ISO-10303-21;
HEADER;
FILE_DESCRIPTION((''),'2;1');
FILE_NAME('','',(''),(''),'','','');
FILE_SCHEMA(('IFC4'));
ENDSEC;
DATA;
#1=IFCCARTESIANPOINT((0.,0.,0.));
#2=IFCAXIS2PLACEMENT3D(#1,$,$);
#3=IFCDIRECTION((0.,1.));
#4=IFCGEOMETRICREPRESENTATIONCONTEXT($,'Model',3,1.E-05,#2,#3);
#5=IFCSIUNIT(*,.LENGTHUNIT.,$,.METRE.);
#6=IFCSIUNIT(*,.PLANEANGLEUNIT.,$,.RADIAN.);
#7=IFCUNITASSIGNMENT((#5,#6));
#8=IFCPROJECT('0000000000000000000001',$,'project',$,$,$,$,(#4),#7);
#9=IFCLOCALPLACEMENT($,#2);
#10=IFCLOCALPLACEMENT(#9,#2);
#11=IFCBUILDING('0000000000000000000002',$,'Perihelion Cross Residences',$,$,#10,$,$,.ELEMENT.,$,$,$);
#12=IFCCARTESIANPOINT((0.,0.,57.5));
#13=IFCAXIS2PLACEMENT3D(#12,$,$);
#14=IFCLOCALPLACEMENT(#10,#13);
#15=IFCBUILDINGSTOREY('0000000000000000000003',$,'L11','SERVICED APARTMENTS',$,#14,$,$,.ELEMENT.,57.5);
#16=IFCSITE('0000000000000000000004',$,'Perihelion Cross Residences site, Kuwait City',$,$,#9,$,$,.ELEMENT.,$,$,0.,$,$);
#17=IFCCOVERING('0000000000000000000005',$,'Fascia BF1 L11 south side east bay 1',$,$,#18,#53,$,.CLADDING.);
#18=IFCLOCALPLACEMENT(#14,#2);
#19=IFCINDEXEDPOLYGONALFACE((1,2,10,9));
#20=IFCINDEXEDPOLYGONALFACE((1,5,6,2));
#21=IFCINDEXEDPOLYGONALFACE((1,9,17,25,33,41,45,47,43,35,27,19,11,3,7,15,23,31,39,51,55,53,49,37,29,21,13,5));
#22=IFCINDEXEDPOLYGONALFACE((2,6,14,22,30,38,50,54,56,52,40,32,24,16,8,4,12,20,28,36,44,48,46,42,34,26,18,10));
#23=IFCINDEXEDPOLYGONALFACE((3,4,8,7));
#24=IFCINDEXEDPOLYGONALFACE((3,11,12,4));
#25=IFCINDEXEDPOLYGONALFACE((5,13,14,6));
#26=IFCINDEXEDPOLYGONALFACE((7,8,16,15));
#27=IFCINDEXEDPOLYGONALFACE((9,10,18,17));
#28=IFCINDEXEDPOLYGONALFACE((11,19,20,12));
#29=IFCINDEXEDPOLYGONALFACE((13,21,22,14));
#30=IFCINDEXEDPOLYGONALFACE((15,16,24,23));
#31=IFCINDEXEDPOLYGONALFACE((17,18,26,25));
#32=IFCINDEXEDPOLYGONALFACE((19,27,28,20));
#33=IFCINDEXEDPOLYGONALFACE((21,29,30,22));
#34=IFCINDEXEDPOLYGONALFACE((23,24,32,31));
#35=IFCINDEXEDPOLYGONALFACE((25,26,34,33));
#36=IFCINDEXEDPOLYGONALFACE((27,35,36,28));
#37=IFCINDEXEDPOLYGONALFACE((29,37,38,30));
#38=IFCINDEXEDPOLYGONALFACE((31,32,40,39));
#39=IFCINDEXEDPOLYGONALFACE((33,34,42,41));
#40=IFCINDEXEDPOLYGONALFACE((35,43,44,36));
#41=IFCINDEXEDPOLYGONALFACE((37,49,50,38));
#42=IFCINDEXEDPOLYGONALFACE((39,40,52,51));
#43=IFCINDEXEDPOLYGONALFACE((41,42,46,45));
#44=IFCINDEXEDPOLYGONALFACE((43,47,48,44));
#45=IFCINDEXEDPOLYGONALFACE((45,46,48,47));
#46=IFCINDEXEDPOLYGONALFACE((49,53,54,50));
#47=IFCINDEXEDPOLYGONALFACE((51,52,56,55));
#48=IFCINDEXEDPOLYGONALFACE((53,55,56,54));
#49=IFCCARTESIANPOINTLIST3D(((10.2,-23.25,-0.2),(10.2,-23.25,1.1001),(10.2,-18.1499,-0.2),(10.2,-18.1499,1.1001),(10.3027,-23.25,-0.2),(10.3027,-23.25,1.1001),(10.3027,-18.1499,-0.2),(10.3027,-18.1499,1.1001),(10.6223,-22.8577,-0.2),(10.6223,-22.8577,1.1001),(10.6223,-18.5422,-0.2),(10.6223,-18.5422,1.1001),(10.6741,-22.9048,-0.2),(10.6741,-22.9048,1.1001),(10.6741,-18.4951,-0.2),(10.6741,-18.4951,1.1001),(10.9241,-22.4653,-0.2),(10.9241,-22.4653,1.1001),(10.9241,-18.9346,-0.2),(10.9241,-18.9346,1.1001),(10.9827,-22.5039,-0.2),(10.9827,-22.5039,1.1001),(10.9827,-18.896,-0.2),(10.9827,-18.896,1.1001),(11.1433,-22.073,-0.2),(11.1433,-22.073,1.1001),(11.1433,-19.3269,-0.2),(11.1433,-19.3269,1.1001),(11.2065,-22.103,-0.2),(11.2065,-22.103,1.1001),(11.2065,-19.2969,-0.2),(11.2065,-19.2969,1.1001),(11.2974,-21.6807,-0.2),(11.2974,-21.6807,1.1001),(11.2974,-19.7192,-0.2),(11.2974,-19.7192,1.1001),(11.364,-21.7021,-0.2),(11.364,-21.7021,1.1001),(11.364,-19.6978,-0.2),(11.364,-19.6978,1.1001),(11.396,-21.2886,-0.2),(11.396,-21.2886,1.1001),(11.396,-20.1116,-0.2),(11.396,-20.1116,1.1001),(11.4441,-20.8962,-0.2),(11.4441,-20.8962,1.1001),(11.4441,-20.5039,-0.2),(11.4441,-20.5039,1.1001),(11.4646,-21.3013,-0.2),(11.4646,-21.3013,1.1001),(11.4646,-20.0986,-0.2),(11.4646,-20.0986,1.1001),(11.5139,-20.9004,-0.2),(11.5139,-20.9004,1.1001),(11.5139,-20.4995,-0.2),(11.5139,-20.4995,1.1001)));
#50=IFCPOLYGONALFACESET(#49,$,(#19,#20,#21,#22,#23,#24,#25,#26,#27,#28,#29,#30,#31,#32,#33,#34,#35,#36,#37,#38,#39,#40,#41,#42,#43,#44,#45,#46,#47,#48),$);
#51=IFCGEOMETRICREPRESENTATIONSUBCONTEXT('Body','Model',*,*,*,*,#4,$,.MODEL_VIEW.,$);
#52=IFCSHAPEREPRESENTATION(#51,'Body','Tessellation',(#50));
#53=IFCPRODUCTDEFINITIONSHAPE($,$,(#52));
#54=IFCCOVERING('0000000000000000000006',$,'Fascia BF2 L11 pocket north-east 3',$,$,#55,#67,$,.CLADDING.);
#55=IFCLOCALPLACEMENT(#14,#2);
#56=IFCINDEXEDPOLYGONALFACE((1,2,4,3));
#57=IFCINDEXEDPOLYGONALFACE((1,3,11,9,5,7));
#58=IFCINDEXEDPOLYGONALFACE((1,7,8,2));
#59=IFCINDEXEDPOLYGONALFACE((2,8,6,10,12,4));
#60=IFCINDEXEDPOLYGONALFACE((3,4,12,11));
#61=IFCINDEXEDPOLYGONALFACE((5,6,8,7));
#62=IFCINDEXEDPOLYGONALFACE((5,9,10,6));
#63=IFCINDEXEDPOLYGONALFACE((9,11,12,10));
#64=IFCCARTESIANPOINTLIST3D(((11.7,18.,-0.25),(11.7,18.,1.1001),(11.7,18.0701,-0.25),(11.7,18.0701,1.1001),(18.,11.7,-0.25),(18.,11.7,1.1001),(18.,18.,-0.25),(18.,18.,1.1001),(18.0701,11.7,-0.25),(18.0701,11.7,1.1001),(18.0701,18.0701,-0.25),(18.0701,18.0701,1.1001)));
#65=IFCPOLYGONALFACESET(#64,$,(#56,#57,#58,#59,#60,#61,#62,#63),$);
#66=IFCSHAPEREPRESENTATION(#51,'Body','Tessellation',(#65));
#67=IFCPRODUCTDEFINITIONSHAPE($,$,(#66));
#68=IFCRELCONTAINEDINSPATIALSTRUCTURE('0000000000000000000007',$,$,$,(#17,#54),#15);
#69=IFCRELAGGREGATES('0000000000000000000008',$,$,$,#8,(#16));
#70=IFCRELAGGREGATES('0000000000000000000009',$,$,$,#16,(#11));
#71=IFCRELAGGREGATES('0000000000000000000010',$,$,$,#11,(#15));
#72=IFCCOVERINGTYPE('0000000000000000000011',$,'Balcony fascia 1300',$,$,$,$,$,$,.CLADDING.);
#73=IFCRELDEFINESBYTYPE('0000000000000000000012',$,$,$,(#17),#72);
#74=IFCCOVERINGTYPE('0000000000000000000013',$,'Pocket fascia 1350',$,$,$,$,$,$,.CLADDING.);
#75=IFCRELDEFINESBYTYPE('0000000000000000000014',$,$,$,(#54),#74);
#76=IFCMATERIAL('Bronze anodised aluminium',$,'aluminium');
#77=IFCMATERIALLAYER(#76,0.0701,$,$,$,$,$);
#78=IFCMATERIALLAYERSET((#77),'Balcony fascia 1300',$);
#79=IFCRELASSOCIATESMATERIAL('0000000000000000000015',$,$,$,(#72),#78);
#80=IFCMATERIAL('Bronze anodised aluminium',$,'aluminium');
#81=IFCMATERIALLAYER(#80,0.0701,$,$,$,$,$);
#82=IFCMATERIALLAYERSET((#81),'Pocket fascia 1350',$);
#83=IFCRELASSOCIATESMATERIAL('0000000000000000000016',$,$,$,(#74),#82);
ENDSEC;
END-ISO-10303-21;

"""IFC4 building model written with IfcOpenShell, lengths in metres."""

from ifc_helpers import new_model, si_unit, direction, frame, origin, place, context, subcontext, project, spatial, polyline, outline, extrude, material, layer, layer_set, type_object, element, save


model = new_model("IFC4")

# Units and contexts
model_context = context("Model", 3, precision=1e-05, world=origin(), true_north=direction((0.0, 1.0)))
body_context = subcontext(model_context, "Body", "Model", "MODEL_VIEW")
ifc_project = project(units=[si_unit("LENGTHUNIT", "METRE"), si_unit("PLANEANGLEUNIT", "RADIAN")], contexts=[model_context])

# Site, building, storey
site_placement = place(None, origin())
site = spatial("IfcSite", under=ifc_project, at=site_placement, Name="Perihelion Cross Residences site, Kuwait City", CompositionType="ELEMENT", RefElevation=0.0)
building_placement = place(site_placement, origin())
building = spatial("IfcBuilding", under=site, at=building_placement, Name="Perihelion Cross Residences", CompositionType="ELEMENT")
storey_placement = place(building_placement, frame((0.0, 0.0, 57.5)))
storey = spatial("IfcBuildingStorey", under=building, at=storey_placement, Name="L11", Description="SERVICED APARTMENTS", CompositionType="ELEMENT", Elevation=57.5)

# Coverings
ifc_material_1 = material(Name="Bronze anodised aluminium", Category="aluminium")
ifc_layer_1 = layer(ifc_material_1, 0.0701)
ifc_layer_set_1 = layer_set([ifc_layer_1], Name="Balcony fascia 1300")
covering_type_1 = type_object("IfcCoveringType", Name="Balcony fascia 1300", PredefinedType="CLADDING", material=ifc_layer_set_1)
covering_1_placement = place(storey_placement, frame((0.0, 0.0, -0.2)))
element("IfcCovering", 1, at=covering_1_placement, inside=storey, type_object=covering_type_1, Name="Fascia BF1 L11 south side east bay 1", PredefinedType="CLADDING", context=body_context, shape_type="SweptSolid", body=[
    extrude(outline(polyline([(10.6741, -22.9048), (10.9827, -22.5039), (11.2065, -22.103), (11.364, -21.7021), (11.4646, -21.3013), (11.5139, -20.9004), (11.5139, -20.4995), (11.4646, -20.0986), (11.364, -19.6978), (11.2065, -19.2969), (10.9827, -18.896), (10.6741, -18.4951), (10.3027, -18.1499), (10.2, -18.1499), (10.6223, -18.5422), (10.9241, -18.9346), (11.1433, -19.3269), (11.2974, -19.7192), (11.396, -20.1116), (11.4441, -20.5039), (11.4441, -20.8962), (11.396, -21.2886), (11.2974, -21.6807), (11.1433, -22.073), (10.9241, -22.4653), (10.6223, -22.8577), (10.2, -23.25), (10.3027, -23.25), (10.6741, -22.9048)])), origin(), (0.0, 0.0, 1.0), 1.3),
])
ifc_material_2 = material(Name="Bronze anodised aluminium", Category="aluminium")
ifc_layer_2 = layer(ifc_material_2, 0.0701)
ifc_layer_set_2 = layer_set([ifc_layer_2], Name="Pocket fascia 1350")
covering_type_2 = type_object("IfcCoveringType", Name="Pocket fascia 1350", PredefinedType="CLADDING", material=ifc_layer_set_2)
covering_2_placement = place(storey_placement, frame((0.0, 0.0, -0.25)))
element("IfcCovering", 2, at=covering_2_placement, inside=storey, type_object=covering_type_2, Name="Fascia BF2 L11 pocket north-east 3", PredefinedType="CLADDING", context=body_context, shape_type="SweptSolid", body=[
    extrude(outline(polyline([(18.0701, 18.0701), (11.7, 18.0701), (11.7, 18.0), (18.0, 18.0), (18.0, 11.7), (18.0701, 11.7), (18.0701, 18.0701)])), origin(), (0.0, 0.0, 1.0), 1.3501),
])

save(model, "model.ifc")
